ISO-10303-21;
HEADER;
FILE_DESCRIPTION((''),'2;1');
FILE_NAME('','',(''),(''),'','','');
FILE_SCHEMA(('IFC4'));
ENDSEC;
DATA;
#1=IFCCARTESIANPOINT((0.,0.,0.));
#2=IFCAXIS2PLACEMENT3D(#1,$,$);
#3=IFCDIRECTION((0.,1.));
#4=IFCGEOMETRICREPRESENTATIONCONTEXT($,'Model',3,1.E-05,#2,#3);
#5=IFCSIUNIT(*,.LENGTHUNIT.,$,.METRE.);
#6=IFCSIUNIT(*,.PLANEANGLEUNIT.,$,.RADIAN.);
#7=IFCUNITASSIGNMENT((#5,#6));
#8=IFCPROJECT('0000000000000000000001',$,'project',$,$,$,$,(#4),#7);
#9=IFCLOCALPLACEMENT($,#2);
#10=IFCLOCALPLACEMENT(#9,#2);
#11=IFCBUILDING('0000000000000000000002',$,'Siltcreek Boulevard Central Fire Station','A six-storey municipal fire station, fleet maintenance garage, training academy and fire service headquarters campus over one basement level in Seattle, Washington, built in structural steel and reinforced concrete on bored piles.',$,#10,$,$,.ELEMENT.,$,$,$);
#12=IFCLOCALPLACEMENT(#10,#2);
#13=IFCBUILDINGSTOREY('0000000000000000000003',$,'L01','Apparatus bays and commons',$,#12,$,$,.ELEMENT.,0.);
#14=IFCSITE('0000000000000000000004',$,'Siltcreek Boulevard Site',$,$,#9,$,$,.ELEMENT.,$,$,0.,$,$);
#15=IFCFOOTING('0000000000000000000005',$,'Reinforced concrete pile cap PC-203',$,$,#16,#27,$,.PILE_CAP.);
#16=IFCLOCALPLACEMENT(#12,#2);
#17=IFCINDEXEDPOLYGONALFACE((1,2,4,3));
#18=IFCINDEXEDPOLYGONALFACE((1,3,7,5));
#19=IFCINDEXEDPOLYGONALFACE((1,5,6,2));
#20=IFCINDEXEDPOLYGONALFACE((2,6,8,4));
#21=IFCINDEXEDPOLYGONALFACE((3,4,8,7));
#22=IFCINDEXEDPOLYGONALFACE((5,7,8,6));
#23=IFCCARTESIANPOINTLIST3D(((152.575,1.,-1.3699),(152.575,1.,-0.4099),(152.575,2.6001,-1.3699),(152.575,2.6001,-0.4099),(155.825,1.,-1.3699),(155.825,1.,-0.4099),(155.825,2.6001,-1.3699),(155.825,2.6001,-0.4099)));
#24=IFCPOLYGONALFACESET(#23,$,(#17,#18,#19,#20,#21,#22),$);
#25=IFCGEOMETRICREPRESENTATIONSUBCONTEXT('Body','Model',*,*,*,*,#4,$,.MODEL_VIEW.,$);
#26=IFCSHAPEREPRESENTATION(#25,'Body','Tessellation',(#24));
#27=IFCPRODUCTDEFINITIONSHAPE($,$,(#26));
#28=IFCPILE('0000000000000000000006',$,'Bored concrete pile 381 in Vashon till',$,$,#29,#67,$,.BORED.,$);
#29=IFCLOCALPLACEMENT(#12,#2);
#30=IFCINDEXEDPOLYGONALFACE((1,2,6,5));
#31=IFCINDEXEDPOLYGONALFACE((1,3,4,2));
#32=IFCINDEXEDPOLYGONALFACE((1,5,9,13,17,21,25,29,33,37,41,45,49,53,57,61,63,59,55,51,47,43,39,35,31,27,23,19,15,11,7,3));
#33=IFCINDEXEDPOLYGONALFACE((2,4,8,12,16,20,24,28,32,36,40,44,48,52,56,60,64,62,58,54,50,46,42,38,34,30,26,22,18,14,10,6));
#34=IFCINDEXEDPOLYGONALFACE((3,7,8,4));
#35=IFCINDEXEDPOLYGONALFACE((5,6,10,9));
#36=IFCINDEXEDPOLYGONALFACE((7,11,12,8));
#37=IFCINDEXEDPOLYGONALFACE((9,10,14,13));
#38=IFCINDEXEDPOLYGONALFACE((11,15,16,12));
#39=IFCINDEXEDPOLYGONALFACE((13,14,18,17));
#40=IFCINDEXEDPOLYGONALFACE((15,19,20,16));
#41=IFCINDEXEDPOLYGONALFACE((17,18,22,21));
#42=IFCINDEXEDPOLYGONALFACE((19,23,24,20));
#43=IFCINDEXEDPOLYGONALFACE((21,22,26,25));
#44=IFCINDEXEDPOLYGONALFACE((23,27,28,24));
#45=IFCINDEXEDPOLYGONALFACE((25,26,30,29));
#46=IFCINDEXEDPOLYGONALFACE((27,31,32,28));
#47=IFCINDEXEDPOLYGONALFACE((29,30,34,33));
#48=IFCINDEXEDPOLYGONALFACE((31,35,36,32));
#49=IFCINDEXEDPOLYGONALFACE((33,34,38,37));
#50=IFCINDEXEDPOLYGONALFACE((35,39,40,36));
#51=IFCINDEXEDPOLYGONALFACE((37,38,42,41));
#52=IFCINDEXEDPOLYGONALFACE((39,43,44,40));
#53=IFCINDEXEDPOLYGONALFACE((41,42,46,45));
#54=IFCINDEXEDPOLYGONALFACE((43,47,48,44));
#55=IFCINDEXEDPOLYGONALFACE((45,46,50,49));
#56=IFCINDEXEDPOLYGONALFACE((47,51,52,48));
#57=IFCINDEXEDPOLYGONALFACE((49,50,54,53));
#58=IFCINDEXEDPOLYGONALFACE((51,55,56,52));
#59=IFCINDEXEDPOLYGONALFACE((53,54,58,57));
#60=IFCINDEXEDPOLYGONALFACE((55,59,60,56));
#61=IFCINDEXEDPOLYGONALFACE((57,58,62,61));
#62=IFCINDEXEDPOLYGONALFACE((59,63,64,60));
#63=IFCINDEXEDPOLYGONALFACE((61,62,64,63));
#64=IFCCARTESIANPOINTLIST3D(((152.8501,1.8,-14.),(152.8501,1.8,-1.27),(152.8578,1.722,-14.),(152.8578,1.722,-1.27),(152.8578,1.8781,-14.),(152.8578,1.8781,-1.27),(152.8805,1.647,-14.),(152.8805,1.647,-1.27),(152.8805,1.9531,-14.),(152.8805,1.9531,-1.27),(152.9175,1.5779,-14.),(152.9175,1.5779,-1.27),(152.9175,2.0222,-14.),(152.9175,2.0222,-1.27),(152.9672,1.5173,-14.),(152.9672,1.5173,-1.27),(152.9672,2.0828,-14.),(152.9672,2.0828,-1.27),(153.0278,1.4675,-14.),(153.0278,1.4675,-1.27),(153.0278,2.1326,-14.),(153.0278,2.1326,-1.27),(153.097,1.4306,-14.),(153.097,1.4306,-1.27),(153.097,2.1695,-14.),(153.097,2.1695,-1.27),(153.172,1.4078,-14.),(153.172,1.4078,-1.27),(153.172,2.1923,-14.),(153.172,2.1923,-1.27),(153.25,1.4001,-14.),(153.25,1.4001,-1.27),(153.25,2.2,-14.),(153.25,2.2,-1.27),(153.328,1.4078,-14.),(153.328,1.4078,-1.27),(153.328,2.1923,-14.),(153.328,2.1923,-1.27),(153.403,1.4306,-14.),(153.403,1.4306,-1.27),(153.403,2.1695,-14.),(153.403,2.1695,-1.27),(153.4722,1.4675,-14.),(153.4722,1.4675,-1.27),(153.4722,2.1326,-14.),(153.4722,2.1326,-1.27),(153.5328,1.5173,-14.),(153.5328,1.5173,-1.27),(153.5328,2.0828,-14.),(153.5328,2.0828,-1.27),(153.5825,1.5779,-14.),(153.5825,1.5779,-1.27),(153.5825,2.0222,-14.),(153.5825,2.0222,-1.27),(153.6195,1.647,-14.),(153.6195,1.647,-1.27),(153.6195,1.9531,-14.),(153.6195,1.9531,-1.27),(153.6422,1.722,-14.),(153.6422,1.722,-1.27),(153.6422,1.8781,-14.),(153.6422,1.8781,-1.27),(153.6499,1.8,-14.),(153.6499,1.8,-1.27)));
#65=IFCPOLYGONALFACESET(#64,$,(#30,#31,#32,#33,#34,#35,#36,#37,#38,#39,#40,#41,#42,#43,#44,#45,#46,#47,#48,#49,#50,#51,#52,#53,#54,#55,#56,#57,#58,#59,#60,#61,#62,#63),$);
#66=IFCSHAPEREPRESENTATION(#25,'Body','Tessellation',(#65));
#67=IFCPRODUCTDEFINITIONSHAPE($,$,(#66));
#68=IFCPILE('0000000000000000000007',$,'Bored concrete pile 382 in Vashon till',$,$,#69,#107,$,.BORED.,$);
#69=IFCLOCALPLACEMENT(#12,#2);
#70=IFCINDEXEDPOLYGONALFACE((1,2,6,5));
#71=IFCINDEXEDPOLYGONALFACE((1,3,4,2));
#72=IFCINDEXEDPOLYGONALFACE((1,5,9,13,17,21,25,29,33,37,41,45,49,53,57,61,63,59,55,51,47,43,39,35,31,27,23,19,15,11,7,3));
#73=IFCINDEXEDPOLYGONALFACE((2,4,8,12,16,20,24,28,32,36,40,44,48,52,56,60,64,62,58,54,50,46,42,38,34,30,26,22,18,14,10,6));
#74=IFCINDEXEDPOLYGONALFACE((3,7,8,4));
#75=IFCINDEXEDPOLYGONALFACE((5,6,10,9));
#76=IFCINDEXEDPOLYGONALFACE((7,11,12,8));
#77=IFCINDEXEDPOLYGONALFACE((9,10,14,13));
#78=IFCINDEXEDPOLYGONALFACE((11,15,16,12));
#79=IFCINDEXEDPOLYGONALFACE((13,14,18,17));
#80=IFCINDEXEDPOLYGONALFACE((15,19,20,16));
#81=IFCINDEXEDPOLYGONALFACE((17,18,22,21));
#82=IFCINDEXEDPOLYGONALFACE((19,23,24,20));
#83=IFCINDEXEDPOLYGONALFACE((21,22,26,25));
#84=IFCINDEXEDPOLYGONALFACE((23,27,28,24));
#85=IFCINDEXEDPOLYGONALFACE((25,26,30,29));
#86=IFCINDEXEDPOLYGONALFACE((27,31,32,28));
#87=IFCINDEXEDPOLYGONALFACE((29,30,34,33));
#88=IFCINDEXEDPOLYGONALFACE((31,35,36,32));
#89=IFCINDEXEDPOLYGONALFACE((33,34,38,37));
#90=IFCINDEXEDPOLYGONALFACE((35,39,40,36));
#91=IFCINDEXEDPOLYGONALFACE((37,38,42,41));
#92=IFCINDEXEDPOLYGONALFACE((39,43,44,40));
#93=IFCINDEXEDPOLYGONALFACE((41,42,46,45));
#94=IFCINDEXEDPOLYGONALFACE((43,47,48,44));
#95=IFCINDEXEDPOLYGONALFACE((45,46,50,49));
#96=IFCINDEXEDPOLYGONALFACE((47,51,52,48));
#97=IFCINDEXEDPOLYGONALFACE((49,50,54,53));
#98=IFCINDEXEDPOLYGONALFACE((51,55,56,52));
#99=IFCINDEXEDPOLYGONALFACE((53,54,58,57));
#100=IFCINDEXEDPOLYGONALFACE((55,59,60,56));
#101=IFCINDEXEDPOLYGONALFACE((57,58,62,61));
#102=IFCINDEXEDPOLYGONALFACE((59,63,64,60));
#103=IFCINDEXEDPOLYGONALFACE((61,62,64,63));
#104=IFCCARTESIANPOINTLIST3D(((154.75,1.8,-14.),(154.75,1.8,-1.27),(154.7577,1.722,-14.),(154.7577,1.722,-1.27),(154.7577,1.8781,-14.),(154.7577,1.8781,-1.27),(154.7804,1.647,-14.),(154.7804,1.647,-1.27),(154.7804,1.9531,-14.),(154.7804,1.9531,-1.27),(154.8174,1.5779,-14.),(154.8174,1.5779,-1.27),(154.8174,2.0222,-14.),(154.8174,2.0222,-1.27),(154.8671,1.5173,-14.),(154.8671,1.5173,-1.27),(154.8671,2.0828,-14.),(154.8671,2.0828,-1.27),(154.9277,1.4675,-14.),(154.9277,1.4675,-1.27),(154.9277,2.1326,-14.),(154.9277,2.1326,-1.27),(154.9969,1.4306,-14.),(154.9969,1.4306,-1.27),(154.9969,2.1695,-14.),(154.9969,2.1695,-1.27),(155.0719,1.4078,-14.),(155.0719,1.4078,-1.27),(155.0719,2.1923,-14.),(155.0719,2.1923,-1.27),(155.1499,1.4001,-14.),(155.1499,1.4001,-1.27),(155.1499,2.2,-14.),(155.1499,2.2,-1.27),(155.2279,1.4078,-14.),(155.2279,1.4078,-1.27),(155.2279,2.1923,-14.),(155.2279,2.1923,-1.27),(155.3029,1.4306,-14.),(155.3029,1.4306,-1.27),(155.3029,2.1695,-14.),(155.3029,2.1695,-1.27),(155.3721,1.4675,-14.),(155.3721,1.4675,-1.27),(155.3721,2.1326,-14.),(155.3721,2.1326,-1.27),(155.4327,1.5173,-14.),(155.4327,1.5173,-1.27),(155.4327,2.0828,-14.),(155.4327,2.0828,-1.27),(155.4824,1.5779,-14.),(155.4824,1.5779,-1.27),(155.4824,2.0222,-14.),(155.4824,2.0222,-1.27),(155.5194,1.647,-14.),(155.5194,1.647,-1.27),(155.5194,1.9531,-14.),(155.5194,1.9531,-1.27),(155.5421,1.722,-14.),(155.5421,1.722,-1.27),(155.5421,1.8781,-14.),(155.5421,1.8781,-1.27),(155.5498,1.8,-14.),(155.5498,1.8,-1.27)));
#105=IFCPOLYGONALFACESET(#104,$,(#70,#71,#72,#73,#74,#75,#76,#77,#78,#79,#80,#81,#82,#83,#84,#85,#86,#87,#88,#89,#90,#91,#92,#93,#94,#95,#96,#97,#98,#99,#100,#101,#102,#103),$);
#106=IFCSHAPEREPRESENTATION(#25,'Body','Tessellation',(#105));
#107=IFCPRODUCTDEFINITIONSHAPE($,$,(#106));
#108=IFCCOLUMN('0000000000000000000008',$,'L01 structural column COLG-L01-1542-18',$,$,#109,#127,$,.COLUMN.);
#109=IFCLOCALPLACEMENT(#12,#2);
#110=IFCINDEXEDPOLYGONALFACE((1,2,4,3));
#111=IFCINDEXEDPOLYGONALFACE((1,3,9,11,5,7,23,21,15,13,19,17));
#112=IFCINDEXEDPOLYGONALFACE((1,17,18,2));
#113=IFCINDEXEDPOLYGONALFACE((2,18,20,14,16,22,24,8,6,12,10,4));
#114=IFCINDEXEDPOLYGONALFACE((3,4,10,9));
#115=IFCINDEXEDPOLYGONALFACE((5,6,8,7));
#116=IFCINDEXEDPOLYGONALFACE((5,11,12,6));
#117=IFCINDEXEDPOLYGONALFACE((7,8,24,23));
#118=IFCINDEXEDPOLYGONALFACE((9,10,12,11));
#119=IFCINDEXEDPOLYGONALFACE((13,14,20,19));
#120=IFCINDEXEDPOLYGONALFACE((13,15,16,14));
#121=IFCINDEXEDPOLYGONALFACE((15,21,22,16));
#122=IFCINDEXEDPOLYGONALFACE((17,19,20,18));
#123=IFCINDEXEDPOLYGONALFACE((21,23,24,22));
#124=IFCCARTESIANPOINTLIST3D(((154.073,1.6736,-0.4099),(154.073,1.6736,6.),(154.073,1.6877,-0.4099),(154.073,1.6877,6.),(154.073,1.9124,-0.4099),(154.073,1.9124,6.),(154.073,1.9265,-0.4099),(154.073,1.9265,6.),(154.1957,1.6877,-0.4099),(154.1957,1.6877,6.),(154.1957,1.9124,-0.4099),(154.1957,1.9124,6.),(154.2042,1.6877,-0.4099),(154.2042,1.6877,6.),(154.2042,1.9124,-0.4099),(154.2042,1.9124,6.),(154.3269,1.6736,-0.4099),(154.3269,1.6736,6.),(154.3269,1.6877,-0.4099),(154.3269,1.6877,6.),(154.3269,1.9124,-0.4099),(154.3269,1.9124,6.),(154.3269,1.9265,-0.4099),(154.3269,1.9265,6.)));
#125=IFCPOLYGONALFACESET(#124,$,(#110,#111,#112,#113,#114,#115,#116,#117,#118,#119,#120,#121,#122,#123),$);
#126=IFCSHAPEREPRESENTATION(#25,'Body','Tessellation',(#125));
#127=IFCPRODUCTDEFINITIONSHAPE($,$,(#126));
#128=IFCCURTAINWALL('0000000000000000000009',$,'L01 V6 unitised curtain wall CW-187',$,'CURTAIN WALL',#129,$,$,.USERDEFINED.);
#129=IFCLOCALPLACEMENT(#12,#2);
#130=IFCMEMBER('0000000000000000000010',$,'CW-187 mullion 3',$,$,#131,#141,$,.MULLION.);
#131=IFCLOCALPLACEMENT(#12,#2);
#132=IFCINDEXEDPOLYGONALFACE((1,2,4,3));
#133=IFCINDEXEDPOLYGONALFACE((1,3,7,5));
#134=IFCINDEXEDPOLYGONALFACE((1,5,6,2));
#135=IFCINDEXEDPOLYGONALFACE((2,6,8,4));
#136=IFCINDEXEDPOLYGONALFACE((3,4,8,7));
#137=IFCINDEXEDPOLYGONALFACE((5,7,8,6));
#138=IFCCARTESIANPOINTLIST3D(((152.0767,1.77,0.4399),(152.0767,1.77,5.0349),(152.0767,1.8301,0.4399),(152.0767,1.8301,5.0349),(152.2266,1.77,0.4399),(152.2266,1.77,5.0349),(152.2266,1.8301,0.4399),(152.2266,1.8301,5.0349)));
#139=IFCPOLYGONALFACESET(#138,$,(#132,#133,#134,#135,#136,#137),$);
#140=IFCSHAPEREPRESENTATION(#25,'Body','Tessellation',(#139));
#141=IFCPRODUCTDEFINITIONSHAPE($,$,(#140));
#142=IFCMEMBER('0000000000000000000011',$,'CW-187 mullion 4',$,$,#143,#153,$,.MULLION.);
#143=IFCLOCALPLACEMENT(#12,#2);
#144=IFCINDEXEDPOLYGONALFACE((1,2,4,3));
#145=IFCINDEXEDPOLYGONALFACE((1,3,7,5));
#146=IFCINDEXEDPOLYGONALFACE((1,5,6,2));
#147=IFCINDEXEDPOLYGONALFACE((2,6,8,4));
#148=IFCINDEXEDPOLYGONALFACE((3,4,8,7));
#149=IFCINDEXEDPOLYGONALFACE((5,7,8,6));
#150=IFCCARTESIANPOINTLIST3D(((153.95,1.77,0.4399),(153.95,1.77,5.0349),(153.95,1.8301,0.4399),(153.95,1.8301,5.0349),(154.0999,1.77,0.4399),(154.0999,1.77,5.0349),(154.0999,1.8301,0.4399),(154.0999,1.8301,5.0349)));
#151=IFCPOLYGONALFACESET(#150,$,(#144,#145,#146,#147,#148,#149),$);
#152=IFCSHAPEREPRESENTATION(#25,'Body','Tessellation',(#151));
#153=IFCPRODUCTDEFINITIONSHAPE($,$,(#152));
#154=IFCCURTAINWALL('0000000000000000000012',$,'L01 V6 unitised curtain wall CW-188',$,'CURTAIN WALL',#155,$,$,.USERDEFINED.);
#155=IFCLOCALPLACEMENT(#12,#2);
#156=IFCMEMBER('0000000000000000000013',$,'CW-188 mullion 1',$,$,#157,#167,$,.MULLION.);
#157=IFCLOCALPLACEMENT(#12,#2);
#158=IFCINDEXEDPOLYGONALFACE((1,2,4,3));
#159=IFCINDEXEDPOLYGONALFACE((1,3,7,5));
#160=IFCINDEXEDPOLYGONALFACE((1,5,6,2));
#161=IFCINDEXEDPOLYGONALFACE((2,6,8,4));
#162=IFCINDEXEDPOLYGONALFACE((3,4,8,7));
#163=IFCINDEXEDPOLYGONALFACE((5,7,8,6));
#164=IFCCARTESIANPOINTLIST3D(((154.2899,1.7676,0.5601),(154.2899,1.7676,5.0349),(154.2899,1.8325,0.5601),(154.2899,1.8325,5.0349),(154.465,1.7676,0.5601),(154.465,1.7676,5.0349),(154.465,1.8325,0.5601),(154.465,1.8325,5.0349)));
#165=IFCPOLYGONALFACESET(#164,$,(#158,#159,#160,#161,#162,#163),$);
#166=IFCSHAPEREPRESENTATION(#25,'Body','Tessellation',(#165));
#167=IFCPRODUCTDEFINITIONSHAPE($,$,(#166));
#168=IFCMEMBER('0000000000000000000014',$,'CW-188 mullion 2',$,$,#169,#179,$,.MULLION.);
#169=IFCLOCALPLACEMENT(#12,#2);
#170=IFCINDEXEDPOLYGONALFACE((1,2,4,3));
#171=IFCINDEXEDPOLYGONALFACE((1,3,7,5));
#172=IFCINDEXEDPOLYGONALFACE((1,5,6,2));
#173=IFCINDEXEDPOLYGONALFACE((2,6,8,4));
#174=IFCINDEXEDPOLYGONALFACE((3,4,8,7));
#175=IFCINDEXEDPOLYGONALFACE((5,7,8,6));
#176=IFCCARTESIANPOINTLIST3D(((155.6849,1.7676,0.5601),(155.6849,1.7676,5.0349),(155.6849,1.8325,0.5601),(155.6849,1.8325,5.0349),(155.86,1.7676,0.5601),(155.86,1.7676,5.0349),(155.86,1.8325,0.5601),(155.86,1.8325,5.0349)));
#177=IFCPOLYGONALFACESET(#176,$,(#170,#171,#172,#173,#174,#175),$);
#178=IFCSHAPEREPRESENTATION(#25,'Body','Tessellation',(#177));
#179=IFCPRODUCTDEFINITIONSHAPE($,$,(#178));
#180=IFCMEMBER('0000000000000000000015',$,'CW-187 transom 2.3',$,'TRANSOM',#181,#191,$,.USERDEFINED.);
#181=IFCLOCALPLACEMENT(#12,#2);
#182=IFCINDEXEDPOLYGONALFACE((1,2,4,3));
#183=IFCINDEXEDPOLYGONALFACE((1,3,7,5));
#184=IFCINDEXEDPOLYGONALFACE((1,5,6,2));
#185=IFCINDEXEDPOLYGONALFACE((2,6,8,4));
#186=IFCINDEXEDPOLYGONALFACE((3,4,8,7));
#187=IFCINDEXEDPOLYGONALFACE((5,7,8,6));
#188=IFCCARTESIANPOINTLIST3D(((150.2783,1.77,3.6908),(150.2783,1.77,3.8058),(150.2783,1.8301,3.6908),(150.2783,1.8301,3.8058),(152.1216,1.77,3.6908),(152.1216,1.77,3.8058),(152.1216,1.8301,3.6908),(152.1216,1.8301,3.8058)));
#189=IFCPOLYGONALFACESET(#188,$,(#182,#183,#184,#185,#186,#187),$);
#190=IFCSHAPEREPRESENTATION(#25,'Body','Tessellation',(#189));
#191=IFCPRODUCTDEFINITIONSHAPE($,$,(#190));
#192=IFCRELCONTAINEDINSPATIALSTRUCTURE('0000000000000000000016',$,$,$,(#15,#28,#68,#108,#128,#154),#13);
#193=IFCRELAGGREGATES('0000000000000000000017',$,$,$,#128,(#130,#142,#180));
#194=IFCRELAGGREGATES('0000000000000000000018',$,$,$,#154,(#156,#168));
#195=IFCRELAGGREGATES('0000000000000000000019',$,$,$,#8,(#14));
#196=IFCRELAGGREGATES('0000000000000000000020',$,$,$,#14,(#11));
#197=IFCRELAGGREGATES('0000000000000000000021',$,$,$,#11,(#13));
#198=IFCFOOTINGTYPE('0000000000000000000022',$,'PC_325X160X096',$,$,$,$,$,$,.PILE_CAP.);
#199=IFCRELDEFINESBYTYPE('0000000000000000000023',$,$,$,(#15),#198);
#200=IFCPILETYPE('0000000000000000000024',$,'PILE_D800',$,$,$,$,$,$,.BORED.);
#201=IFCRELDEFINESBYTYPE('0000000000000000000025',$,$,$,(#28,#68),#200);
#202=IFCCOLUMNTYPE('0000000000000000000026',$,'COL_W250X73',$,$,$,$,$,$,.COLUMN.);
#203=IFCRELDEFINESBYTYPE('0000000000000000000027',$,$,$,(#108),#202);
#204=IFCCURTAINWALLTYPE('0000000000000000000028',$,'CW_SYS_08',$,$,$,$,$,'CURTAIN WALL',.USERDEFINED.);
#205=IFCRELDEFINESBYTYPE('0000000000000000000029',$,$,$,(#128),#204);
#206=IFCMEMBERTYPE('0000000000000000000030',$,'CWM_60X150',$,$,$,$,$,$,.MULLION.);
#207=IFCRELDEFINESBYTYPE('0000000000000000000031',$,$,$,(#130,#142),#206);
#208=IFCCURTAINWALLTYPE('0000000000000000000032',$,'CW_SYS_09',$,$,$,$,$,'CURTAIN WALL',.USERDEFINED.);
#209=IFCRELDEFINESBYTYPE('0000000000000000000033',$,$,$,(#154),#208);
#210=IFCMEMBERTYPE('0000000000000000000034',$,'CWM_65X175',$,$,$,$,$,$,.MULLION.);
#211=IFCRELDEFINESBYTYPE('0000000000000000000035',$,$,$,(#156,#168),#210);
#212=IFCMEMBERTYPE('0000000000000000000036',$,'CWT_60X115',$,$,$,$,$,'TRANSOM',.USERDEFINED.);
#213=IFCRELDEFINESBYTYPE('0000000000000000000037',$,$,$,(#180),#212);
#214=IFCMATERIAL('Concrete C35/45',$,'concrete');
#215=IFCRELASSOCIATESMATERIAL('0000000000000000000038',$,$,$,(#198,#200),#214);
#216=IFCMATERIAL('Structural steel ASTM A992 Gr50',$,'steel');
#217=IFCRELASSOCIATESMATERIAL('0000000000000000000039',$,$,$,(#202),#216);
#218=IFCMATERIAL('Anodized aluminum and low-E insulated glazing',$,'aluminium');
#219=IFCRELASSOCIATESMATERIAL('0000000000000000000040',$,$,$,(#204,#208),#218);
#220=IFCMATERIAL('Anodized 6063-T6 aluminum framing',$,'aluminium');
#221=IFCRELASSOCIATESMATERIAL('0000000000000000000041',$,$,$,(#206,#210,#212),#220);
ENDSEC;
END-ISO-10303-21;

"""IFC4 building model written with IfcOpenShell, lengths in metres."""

from ifc_helpers import new_model, si_unit, direction, frame, origin, origin_2d, place, context, subcontext, project, spatial, rectangle, circle, i_section, extrude, material, material_profile, profile_set, type_object, element, aggregate, save


model = new_model("IFC4")

# Units and contexts
model_context = context("Model", 3, precision=1e-05, world=origin(), true_north=direction((0.0, 1.0)))
body_context = subcontext(model_context, "Body", "Model", "MODEL_VIEW")
ifc_project = project(units=[si_unit("LENGTHUNIT", "METRE"), si_unit("PLANEANGLEUNIT", "RADIAN")], contexts=[model_context])

# Site, building, storey
site_placement = place(None, origin())
site = spatial("IfcSite", under=ifc_project, at=site_placement, Name="Siltcreek Boulevard Site", CompositionType="ELEMENT", RefElevation=0.0)
building_placement = place(site_placement, origin())
building = spatial("IfcBuilding", under=site, at=building_placement, Name="Siltcreek Boulevard Central Fire Station", Description="A six-storey municipal fire station, fleet maintenance garage, training academy and fire service headquarters campus over one basement level in Seattle, Washington, built in structural steel and reinforced concrete on bored piles.", CompositionType="ELEMENT")
storey_placement = place(building_placement, origin())
storey = spatial("IfcBuildingStorey", under=building, at=storey_placement, Name="L01", Description="Apparatus bays and commons", CompositionType="ELEMENT", Elevation=0.0)

# Footing
ifc_material_1 = material(Name="Concrete C35/45", Category="concrete")
footing_type = type_object("IfcFootingType", Name="PC_325X160X096", PredefinedType="PILE_CAP", material=ifc_material_1)
footing_placement = place(storey_placement, frame((154.2, 1.8, -1.3699), z_axis=(0.0, 0.0, 1.0), x_axis=(1.0, 0.0, 0.0)))
element("IfcFooting", 1, at=footing_placement, inside=storey, type_object=footing_type, Name="Reinforced concrete pile cap PC-203", PredefinedType="PILE_CAP", context=body_context, shape_type="SweptSolid", body=[
    extrude(rectangle(XDim=3.25, YDim=1.6001, at=origin_2d()), origin(), (0.0, 0.0, 1.0), 0.96),
])

# Piles
ifc_material_profile_1 = material_profile(ifc_material_1, circle(Radius=0.3999, at=origin_2d()), Name="SHAFT800")
ifc_profile_set_1 = profile_set([ifc_material_profile_1], Name="Concrete C35/45")
pile_type = type_object("IfcPileType", Name="PILE_D800", PredefinedType="BORED", material=ifc_profile_set_1)
for number, where, z_axis, x_axis, name in (
    (2, (153.25, 1.8, -1.27), (0.0, 0.0, -1.0), (1.0, 0.0, 0.0), "Bored concrete pile 381 in Vashon till"),
    (3, (155.1499, 1.8, -1.27), (0.0, 0.0, -1.0), (1.0, 0.0, 0.0), "Bored concrete pile 382 in Vashon till"),
):
    element("IfcPile", number, at=place(storey_placement, frame(where, z_axis=z_axis, x_axis=x_axis)), inside=storey, type_object=pile_type, Name=name, PredefinedType="BORED", context=body_context, shape_type="SweptSolid", body=[
        extrude(circle(Radius=0.3999, at=origin_2d()), origin(), (0.0, 0.0, 1.0), 12.73),
    ])

# Column
ifc_material_2 = material(Name="Structural steel ASTM A992 Gr50", Category="steel")
ifc_material_profile_2 = material_profile(ifc_material_2, i_section(OverallWidth=0.2539, OverallDepth=0.2529, WebThickness=0.0085, FlangeThickness=0.0142, at=origin_2d()), Name="W250X73")
ifc_profile_set_2 = profile_set([ifc_material_profile_2], Name="Structural steel ASTM A992 Gr50")
column_type = type_object("IfcColumnType", Name="COL_W250X73", PredefinedType="COLUMN", material=ifc_profile_set_2)
column_placement = place(storey_placement, frame((154.2, 1.8, -0.4099), z_axis=(0.0, 0.0, 1.0), x_axis=(1.0, 0.0, 0.0)))
element("IfcColumn", 4, at=column_placement, inside=storey, type_object=column_type, Name="L01 structural column COLG-L01-1542-18", PredefinedType="COLUMN", context=body_context, shape_type="SweptSolid", body=[
    extrude(i_section(OverallWidth=0.2539, OverallDepth=0.2529, WebThickness=0.0085, FlangeThickness=0.0142, at=origin_2d()), origin(), (0.0, 0.0, 1.0), 6.4099),
])

# Curtain walls, members
ifc_material_3 = material(Name="Anodized aluminum and low-E insulated glazing", Category="aluminium")
curtain_wall_type_1 = type_object("IfcCurtainWallType", Name="CW_SYS_08", ElementType="CURTAIN WALL", PredefinedType="USERDEFINED", material=ifc_material_3)
curtain_wall_1_placement = place(storey_placement, origin())
curtain_wall_1 = element("IfcCurtainWall", 5, at=curtain_wall_1_placement, inside=storey, type_object=curtain_wall_type_1, Name="L01 V6 unitised curtain wall CW-187", ObjectType="CURTAIN WALL", PredefinedType="USERDEFINED")
ifc_material_4 = material(Name="Anodized 6063-T6 aluminum framing", Category="aluminium")
ifc_material_profile_3 = material_profile(ifc_material_4, rectangle(XDim=0.0601, YDim=0.1499, at=origin_2d()), Name="MULL60X150")
ifc_profile_set_3 = profile_set([ifc_material_profile_3], Name="Anodized 6063-T6 aluminum framing")
member_type_1 = type_object("IfcMemberType", Name="CWM_60X150", PredefinedType="MULLION", material=ifc_profile_set_3)
member_1_placement = place(storey_placement, frame((152.1516, 1.8, 0.4399), z_axis=(0.0, 0.0, 1.0), x_axis=(0.0, 1.0, 0.0)))
member_1 = element("IfcMember", 6, at=member_1_placement, type_object=member_type_1, Name="CW-187 mullion 3", PredefinedType="MULLION", context=body_context, shape_type="SweptSolid", body=[
    extrude(rectangle(XDim=0.0601, YDim=0.1499, at=origin_2d()), origin(), (0.0, 0.0, 1.0), 4.595),
])
member_2_placement = place(storey_placement, frame((154.0249, 1.8, 0.4399), z_axis=(0.0, 0.0, 1.0), x_axis=(0.0, 1.0, 0.0)))
member_2 = element("IfcMember", 7, at=member_2_placement, type_object=member_type_1, Name="CW-187 mullion 4", PredefinedType="MULLION", context=body_context, shape_type="SweptSolid", body=[
    extrude(rectangle(XDim=0.0601, YDim=0.1499, at=origin_2d()), origin(), (0.0, 0.0, 1.0), 4.595),
])
curtain_wall_type_2 = type_object("IfcCurtainWallType", Name="CW_SYS_09", ElementType="CURTAIN WALL", PredefinedType="USERDEFINED", material=ifc_material_3)
curtain_wall_2_placement = place(storey_placement, origin())
curtain_wall_2 = element("IfcCurtainWall", 8, at=curtain_wall_2_placement, inside=storey, type_object=curtain_wall_type_2, Name="L01 V6 unitised curtain wall CW-188", ObjectType="CURTAIN WALL", PredefinedType="USERDEFINED")
ifc_material_profile_4 = material_profile(ifc_material_4, rectangle(XDim=0.0649, YDim=0.175, at=origin_2d()), Name="MULL65X175")
ifc_profile_set_4 = profile_set([ifc_material_profile_4], Name="Anodized 6063-T6 aluminum framing")
member_type_2 = type_object("IfcMemberType", Name="CWM_65X175", PredefinedType="MULLION", material=ifc_profile_set_4)
member_3_placement = place(storey_placement, frame((154.3774, 1.8, 0.5601), z_axis=(0.0, 0.0, 1.0), x_axis=(0.0, 1.0, 0.0)))
member_3 = element("IfcMember", 9, at=member_3_placement, type_object=member_type_2, Name="CW-188 mullion 1", PredefinedType="MULLION", context=body_context, shape_type="SweptSolid", body=[
    extrude(rectangle(XDim=0.0649, YDim=0.175, at=origin_2d()), origin(), (0.0, 0.0, 1.0), 4.4749),
])
member_4_placement = place(storey_placement, frame((155.7725, 1.8, 0.5601), z_axis=(0.0, 0.0, 1.0), x_axis=(0.0, 1.0, 0.0)))
member_4 = element("IfcMember", 10, at=member_4_placement, type_object=member_type_2, Name="CW-188 mullion 2", PredefinedType="MULLION", context=body_context, shape_type="SweptSolid", body=[
    extrude(rectangle(XDim=0.0649, YDim=0.175, at=origin_2d()), origin(), (0.0, 0.0, 1.0), 4.4749),
])

# Member
ifc_material_profile_5 = material_profile(ifc_material_4, rectangle(XDim=0.0601, YDim=0.115, at=origin_2d()), Name="TRAN60X115")
ifc_profile_set_5 = profile_set([ifc_material_profile_5], Name="Anodized 6063-T6 aluminum framing")
member_type_3 = type_object("IfcMemberType", Name="CWT_60X115", ElementType="TRANSOM", PredefinedType="USERDEFINED", material=ifc_profile_set_5)
member_5_placement = place(storey_placement, frame((150.2783, 1.8, 3.7483), z_axis=(1.0, 0.0, 0.0), x_axis=(0.0, 1.0, 0.0)))
member_5 = element("IfcMember", 11, at=member_5_placement, type_object=member_type_3, Name="CW-187 transom 2.3", ObjectType="TRANSOM", PredefinedType="USERDEFINED", context=body_context, shape_type="SweptSolid", body=[
    extrude(rectangle(XDim=0.0601, YDim=0.115, at=origin_2d()), origin(), (0.0, 0.0, 1.0), 1.8433),
])

aggregate(curtain_wall_1, [member_1, member_2, member_5])
aggregate(curtain_wall_2, [member_3, member_4])

save(model, "model.ifc")
